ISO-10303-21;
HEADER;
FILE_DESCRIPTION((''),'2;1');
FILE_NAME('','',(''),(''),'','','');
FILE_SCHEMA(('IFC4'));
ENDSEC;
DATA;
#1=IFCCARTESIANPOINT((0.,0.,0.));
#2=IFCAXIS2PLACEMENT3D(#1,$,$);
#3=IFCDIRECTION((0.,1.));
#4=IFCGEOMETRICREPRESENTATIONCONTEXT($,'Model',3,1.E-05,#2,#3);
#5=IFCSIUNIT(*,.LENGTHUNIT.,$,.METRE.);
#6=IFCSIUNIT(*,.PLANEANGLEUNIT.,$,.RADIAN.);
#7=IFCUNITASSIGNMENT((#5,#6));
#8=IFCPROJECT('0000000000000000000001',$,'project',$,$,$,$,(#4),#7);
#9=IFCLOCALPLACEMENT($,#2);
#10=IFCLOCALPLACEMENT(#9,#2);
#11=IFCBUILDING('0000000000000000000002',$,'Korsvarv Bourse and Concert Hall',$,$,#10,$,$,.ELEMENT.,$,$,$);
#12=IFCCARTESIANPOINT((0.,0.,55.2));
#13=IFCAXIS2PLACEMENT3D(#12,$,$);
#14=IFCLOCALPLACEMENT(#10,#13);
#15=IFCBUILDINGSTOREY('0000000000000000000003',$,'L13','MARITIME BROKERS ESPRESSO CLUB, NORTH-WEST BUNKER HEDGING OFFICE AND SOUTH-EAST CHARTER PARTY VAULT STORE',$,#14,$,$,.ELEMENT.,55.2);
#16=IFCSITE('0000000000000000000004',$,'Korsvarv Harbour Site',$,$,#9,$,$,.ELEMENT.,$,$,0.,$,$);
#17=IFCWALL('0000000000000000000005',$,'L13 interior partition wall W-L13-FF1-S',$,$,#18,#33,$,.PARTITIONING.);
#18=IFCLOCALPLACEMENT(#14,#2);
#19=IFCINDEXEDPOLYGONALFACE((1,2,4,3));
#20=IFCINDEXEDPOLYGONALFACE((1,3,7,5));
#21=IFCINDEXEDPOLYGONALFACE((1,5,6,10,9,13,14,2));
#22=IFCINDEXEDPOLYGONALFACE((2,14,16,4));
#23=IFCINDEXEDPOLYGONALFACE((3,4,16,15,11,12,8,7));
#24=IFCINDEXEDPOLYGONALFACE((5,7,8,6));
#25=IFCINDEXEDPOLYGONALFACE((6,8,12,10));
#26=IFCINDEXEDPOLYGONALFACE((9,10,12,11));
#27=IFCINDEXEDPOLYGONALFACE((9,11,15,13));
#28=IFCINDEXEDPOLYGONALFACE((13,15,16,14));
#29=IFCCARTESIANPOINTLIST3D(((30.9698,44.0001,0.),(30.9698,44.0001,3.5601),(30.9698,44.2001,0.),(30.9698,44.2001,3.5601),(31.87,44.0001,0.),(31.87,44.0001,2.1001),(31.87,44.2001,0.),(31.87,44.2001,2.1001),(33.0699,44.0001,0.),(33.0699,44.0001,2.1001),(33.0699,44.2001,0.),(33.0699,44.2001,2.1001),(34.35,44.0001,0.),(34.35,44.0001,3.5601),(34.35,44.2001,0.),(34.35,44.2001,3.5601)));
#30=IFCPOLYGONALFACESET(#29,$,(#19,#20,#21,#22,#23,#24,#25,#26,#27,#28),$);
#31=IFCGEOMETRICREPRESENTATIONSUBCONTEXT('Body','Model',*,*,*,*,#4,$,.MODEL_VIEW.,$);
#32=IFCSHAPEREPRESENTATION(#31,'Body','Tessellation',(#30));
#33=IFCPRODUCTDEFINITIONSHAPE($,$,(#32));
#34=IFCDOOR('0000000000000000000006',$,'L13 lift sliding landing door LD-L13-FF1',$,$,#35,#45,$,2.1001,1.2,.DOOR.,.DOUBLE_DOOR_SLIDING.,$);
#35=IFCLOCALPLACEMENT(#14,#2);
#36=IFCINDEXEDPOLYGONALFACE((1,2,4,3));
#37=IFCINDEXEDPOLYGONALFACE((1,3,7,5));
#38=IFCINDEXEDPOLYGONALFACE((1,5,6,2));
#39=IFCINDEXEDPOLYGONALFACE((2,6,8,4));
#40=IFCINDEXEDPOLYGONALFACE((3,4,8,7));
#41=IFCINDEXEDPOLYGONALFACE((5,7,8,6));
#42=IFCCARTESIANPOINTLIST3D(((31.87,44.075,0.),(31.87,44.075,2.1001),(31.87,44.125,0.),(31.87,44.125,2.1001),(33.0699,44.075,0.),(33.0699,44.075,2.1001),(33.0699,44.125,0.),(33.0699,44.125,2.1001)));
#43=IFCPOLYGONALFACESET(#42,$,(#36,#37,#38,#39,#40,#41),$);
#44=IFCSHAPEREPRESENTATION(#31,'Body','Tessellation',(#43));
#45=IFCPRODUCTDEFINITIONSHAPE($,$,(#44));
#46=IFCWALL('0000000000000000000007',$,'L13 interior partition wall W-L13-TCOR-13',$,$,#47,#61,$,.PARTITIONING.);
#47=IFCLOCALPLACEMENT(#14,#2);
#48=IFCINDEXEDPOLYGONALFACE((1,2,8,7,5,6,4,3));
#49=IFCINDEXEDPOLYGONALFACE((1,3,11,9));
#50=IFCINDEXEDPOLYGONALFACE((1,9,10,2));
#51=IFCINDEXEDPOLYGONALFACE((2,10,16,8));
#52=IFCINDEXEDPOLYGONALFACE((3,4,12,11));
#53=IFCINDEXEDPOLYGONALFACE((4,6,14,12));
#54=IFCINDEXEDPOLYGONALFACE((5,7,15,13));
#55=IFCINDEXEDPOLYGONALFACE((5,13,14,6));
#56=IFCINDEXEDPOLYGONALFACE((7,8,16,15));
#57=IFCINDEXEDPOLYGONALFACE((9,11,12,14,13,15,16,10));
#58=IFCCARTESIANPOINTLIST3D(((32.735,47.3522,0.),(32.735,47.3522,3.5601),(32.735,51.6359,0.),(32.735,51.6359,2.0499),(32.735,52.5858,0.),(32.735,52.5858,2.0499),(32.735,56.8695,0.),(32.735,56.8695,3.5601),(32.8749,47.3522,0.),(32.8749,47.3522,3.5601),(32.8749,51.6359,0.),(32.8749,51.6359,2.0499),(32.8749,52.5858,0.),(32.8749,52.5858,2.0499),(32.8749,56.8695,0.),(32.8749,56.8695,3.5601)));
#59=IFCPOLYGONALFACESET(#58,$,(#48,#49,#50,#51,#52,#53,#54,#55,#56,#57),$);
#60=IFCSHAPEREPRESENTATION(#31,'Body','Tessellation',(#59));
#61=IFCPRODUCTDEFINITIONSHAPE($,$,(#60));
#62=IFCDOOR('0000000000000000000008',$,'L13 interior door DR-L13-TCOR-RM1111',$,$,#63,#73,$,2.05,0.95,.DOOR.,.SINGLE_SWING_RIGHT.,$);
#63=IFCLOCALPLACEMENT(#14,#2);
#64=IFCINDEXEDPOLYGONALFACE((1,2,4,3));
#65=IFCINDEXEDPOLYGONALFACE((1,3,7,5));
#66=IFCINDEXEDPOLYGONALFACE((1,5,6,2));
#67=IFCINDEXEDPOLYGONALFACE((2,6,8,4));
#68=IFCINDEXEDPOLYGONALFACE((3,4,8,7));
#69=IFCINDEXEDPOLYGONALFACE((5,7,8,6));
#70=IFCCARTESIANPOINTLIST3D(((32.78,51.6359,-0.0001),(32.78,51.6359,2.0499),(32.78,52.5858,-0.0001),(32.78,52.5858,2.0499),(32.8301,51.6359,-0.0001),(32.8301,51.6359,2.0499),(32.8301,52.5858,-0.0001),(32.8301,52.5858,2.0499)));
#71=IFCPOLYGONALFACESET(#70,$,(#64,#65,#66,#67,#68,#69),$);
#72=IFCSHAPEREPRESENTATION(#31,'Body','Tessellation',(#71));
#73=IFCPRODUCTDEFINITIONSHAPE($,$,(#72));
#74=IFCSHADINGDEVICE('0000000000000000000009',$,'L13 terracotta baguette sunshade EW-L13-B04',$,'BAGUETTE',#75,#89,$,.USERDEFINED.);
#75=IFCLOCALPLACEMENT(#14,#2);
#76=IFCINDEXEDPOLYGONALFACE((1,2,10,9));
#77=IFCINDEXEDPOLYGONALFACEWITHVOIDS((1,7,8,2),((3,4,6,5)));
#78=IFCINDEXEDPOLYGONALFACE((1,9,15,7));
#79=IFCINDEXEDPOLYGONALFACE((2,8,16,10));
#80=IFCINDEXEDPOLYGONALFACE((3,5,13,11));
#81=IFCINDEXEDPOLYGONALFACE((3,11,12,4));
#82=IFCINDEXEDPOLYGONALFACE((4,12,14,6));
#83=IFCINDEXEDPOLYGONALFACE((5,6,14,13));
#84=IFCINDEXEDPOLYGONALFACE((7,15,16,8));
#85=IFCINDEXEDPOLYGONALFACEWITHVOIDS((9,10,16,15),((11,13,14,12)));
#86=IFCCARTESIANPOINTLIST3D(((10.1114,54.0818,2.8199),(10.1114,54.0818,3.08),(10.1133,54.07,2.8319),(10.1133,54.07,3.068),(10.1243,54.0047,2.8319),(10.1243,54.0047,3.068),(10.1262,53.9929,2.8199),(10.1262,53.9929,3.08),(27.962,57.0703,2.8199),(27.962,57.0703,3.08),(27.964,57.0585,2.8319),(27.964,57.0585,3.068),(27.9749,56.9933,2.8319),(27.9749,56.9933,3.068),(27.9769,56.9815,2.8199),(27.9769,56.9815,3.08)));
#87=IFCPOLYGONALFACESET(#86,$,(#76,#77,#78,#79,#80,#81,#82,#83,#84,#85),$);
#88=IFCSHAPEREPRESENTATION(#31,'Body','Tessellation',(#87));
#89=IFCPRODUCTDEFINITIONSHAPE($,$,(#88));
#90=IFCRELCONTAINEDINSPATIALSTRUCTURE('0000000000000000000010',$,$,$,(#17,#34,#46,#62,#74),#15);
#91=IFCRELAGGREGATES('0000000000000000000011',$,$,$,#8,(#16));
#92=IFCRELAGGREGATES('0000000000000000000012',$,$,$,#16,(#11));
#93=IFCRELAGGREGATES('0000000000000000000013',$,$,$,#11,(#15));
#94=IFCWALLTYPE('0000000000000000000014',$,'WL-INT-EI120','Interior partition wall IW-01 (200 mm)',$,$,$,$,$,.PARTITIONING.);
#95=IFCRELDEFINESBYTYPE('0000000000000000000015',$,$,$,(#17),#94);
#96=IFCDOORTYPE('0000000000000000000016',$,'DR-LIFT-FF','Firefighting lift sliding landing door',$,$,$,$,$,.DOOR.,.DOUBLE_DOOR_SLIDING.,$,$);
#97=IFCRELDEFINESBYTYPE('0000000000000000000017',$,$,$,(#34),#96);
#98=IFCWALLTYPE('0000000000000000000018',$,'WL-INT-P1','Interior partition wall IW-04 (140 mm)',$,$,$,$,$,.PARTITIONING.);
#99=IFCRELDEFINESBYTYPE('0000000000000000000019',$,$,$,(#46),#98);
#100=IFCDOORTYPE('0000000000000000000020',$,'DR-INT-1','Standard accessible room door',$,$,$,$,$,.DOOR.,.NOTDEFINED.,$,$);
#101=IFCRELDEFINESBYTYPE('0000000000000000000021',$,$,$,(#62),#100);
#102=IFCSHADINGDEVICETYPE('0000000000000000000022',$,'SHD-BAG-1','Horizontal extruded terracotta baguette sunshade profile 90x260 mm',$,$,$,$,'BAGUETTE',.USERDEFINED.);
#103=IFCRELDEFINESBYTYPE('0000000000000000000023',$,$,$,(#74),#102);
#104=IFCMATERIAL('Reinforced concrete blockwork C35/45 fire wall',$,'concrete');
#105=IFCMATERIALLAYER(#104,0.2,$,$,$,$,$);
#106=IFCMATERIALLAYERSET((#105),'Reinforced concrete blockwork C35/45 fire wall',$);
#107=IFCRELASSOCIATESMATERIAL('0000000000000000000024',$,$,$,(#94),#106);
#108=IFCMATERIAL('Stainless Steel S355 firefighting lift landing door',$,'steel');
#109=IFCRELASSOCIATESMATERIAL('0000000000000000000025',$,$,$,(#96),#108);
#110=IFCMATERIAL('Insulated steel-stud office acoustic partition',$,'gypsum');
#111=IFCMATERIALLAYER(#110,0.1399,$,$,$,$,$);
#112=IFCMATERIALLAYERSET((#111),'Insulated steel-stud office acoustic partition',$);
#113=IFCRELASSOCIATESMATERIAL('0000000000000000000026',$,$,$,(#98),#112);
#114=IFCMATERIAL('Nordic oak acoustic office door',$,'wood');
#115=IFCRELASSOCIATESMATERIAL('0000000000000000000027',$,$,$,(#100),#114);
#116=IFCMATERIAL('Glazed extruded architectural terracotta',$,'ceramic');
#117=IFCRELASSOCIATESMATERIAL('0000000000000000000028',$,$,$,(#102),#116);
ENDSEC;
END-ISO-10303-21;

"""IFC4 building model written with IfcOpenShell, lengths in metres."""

from ifc_helpers import new_model, si_unit, direction, frame, frame_2d, origin, origin_2d, place, context, subcontext, project, spatial, rectangle, hollow_rectangle, extrude, source, transform, mapped, material, layer, layer_set, material_profile, profile_set, type_object, element, fill, save


model = new_model("IFC4")

# Units and contexts
model_context = context("Model", 3, precision=1e-05, world=origin(), true_north=direction((0.0, 1.0)))
body_context = subcontext(model_context, "Body", "Model", "MODEL_VIEW")
ifc_project = project(units=[si_unit("LENGTHUNIT", "METRE"), si_unit("PLANEANGLEUNIT", "RADIAN")], contexts=[model_context])

# Site, building, storey
site_placement = place(None, origin())
site = spatial("IfcSite", under=ifc_project, at=site_placement, Name="Korsvarv Harbour Site", CompositionType="ELEMENT", RefElevation=0.0)
building_placement = place(site_placement, origin())
building = spatial("IfcBuilding", under=site, at=building_placement, Name="Korsvarv Bourse and Concert Hall", CompositionType="ELEMENT")
storey_placement = place(building_placement, frame((0.0, 0.0, 55.2)))
storey = spatial("IfcBuildingStorey", under=building, at=storey_placement, Name="L13", Description="MARITIME BROKERS ESPRESSO CLUB, NORTH-WEST BUNKER HEDGING OFFICE AND SOUTH-EAST CHARTER PARTY VAULT STORE", CompositionType="ELEMENT", Elevation=55.2)

# Walls, openings, doors
ifc_material_1 = material(Name="Reinforced concrete blockwork C35/45 fire wall", Category="concrete")
ifc_layer_1 = layer(ifc_material_1, 0.2)
ifc_layer_set_1 = layer_set([ifc_layer_1], Name="Reinforced concrete blockwork C35/45 fire wall")
wall_type_1 = type_object("IfcWallType", Name="WL-INT-EI120", Description="Interior partition wall IW-01 (200 mm)", PredefinedType="PARTITIONING", material=ifc_layer_set_1)
wall_1_placement = place(storey_placement, frame((30.97, 44.1001, 0.0), z_axis=(0.0, 0.0, 1.0), x_axis=(1.0, 0.0, 0.0)))
wall_1 = element("IfcWall", 1, at=wall_1_placement, inside=storey, type_object=wall_type_1, Name="L13 interior partition wall W-L13-FF1-S", PredefinedType="PARTITIONING", context=body_context, shape_type="SweptSolid", body=[
    extrude(rectangle(XDim=3.3801, YDim=0.2, at=frame_2d((1.6899, 0.0))), origin(), (0.0, 0.0, 1.0), 3.5601),
])
opening_1_placement = place(wall_1_placement, frame((0.8999, 0.0, 0.0)))
opening_1 = element("IfcOpeningElement", 2, at=opening_1_placement, cuts=wall_1, PredefinedType="OPENING", context=body_context, shape_type="SweptSolid", body=[
    extrude(rectangle(XDim=1.2, YDim=2.1001, at=frame_2d((0.6001, 1.05))), frame((0.0, 0.1099, 0.0), z_axis=(0.0, -1.0, 0.0), x_axis=(1.0, 0.0, 0.0)), (0.0, 0.0, 1.0), 0.22),
])
ifc_material_2 = material(Name="Stainless Steel S355 firefighting lift landing door", Category="steel")
door_type_1 = type_object("IfcDoorType", Name="DR-LIFT-FF", Description="Firefighting lift sliding landing door", OperationType="DOUBLE_DOOR_SLIDING", PredefinedType="DOOR", material=ifc_material_2)
door_1_placement = place(opening_1_placement, origin())
door_1 = element("IfcDoor", 3, at=door_1_placement, inside=storey, type_object=door_type_1, Name="L13 lift sliding landing door LD-L13-FF1", OperationType="DOUBLE_DOOR_SLIDING", OverallHeight=2.1001, OverallWidth=1.2, PredefinedType="DOOR", context=body_context, shape_type="SweptSolid", body=[
    extrude(rectangle(XDim=1.2, YDim=2.1001, at=frame_2d((0.6001, 1.05))), frame((0.0, 0.0249, 0.0), z_axis=(0.0, -1.0, 0.0), x_axis=(1.0, 0.0, 0.0)), (0.0, 0.0, 1.0), 0.05),
])
fill(opening_1, door_1)
ifc_material_3 = material(Name="Insulated steel-stud office acoustic partition", Category="gypsum")
ifc_layer_2 = layer(ifc_material_3, 0.1399)
ifc_layer_set_2 = layer_set([ifc_layer_2], Name="Insulated steel-stud office acoustic partition")
wall_type_2 = type_object("IfcWallType", Name="WL-INT-P1", Description="Interior partition wall IW-04 (140 mm)", PredefinedType="PARTITIONING", material=ifc_layer_set_2)
wall_2_placement = place(storey_placement, frame((32.8049, 47.3521, 0.0), z_axis=(0.0, 0.0, 1.0), x_axis=(0.0, 1.0, 0.0)))
wall_2 = element("IfcWall", 4, at=wall_2_placement, inside=storey, type_object=wall_type_2, Name="L13 interior partition wall W-L13-TCOR-13", PredefinedType="PARTITIONING", context=body_context, shape_type="SweptSolid", body=[
    extrude(rectangle(XDim=9.5173, YDim=0.1399, at=frame_2d((4.7588, 0.0))), origin(), (0.0, 0.0, 1.0), 3.5601),
])
opening_2_placement = place(wall_2_placement, frame((4.2837, 0.0, 0.0)))
opening_2 = element("IfcOpeningElement", 5, at=opening_2_placement, cuts=wall_2, PredefinedType="OPENING", context=body_context, shape_type="SweptSolid", body=[
    extrude(rectangle(XDim=0.95, YDim=2.05, at=frame_2d((0.4751, 1.0249))), frame((0.0, 0.0801, 0.0), z_axis=(0.0, -1.0, 0.0), x_axis=(1.0, 0.0, 0.0)), (0.0, 0.0, 1.0), 0.1599),
])
ifc_material_4 = material(Name="Nordic oak acoustic office door", Category="wood")
door_type_2 = type_object("IfcDoorType", Name="DR-INT-1", Description="Standard accessible room door", OperationType="NOTDEFINED", PredefinedType="DOOR", material=ifc_material_4)
door_2_placement = place(opening_2_placement, origin())
door_2 = element("IfcDoor", 6, at=door_2_placement, inside=storey, type_object=door_type_2, Name="L13 interior door DR-L13-TCOR-RM1111", OperationType="SINGLE_SWING_RIGHT", OverallHeight=2.05, OverallWidth=0.95, PredefinedType="DOOR", context=body_context, shape_type="SweptSolid", body=[
    extrude(rectangle(XDim=0.95, YDim=2.05, at=frame_2d((0.4751, 1.0249))), frame((0.0, 0.0249, 0.0), z_axis=(0.0, -1.0, 0.0), x_axis=(1.0, 0.0, 0.0)), (0.0, 0.0, 1.0), 0.05),
])
fill(opening_2, door_2)

# Shading device
ifc_material_5 = material(Name="Glazed extruded architectural terracotta", Category="ceramic")
ifc_material_profile_1 = material_profile(ifc_material_5, hollow_rectangle(XDim=0.0901, YDim=0.26, WallThickness=0.012, at=origin_2d()), Name="TC-BAG 90x260")
ifc_profile_set_1 = profile_set([ifc_material_profile_1], Name="Glazed extruded architectural terracotta")
shading_device_type = type_object("IfcShadingDeviceType", Name="SHD-BAG-1", Description="Horizontal extruded terracotta baguette sunshade profile 90x260 mm", ElementType="BAGUETTE", PredefinedType="USERDEFINED", material=ifc_profile_set_1)
shared_shape_1 = source(origin(), body_context, "Body", "SweptSolid", [
    extrude(hollow_rectangle(XDim=0.0901, YDim=0.26, WallThickness=0.012, at=origin_2d()), origin(), (0.0, 0.0, 1.0), 18.0991),
])
shading_device_placement = place(storey_placement, frame((27.9695, 57.0259, 2.95), z_axis=(-0.986273, -0.165121, 0.0), x_axis=(0.165121, -0.986273, 0.0)))
element("IfcShadingDevice", 7, at=shading_device_placement, inside=storey, type_object=shading_device_type, Name="L13 terracotta baguette sunshade EW-L13-B04", ObjectType="BAGUETTE", PredefinedType="USERDEFINED", context=body_context, shape_type="MappedRepresentation", body=[
    mapped(shared_shape_1, transform((0.0, 0.0, 0.0), scale=1.0)),
])

save(model, "model.ifc")
